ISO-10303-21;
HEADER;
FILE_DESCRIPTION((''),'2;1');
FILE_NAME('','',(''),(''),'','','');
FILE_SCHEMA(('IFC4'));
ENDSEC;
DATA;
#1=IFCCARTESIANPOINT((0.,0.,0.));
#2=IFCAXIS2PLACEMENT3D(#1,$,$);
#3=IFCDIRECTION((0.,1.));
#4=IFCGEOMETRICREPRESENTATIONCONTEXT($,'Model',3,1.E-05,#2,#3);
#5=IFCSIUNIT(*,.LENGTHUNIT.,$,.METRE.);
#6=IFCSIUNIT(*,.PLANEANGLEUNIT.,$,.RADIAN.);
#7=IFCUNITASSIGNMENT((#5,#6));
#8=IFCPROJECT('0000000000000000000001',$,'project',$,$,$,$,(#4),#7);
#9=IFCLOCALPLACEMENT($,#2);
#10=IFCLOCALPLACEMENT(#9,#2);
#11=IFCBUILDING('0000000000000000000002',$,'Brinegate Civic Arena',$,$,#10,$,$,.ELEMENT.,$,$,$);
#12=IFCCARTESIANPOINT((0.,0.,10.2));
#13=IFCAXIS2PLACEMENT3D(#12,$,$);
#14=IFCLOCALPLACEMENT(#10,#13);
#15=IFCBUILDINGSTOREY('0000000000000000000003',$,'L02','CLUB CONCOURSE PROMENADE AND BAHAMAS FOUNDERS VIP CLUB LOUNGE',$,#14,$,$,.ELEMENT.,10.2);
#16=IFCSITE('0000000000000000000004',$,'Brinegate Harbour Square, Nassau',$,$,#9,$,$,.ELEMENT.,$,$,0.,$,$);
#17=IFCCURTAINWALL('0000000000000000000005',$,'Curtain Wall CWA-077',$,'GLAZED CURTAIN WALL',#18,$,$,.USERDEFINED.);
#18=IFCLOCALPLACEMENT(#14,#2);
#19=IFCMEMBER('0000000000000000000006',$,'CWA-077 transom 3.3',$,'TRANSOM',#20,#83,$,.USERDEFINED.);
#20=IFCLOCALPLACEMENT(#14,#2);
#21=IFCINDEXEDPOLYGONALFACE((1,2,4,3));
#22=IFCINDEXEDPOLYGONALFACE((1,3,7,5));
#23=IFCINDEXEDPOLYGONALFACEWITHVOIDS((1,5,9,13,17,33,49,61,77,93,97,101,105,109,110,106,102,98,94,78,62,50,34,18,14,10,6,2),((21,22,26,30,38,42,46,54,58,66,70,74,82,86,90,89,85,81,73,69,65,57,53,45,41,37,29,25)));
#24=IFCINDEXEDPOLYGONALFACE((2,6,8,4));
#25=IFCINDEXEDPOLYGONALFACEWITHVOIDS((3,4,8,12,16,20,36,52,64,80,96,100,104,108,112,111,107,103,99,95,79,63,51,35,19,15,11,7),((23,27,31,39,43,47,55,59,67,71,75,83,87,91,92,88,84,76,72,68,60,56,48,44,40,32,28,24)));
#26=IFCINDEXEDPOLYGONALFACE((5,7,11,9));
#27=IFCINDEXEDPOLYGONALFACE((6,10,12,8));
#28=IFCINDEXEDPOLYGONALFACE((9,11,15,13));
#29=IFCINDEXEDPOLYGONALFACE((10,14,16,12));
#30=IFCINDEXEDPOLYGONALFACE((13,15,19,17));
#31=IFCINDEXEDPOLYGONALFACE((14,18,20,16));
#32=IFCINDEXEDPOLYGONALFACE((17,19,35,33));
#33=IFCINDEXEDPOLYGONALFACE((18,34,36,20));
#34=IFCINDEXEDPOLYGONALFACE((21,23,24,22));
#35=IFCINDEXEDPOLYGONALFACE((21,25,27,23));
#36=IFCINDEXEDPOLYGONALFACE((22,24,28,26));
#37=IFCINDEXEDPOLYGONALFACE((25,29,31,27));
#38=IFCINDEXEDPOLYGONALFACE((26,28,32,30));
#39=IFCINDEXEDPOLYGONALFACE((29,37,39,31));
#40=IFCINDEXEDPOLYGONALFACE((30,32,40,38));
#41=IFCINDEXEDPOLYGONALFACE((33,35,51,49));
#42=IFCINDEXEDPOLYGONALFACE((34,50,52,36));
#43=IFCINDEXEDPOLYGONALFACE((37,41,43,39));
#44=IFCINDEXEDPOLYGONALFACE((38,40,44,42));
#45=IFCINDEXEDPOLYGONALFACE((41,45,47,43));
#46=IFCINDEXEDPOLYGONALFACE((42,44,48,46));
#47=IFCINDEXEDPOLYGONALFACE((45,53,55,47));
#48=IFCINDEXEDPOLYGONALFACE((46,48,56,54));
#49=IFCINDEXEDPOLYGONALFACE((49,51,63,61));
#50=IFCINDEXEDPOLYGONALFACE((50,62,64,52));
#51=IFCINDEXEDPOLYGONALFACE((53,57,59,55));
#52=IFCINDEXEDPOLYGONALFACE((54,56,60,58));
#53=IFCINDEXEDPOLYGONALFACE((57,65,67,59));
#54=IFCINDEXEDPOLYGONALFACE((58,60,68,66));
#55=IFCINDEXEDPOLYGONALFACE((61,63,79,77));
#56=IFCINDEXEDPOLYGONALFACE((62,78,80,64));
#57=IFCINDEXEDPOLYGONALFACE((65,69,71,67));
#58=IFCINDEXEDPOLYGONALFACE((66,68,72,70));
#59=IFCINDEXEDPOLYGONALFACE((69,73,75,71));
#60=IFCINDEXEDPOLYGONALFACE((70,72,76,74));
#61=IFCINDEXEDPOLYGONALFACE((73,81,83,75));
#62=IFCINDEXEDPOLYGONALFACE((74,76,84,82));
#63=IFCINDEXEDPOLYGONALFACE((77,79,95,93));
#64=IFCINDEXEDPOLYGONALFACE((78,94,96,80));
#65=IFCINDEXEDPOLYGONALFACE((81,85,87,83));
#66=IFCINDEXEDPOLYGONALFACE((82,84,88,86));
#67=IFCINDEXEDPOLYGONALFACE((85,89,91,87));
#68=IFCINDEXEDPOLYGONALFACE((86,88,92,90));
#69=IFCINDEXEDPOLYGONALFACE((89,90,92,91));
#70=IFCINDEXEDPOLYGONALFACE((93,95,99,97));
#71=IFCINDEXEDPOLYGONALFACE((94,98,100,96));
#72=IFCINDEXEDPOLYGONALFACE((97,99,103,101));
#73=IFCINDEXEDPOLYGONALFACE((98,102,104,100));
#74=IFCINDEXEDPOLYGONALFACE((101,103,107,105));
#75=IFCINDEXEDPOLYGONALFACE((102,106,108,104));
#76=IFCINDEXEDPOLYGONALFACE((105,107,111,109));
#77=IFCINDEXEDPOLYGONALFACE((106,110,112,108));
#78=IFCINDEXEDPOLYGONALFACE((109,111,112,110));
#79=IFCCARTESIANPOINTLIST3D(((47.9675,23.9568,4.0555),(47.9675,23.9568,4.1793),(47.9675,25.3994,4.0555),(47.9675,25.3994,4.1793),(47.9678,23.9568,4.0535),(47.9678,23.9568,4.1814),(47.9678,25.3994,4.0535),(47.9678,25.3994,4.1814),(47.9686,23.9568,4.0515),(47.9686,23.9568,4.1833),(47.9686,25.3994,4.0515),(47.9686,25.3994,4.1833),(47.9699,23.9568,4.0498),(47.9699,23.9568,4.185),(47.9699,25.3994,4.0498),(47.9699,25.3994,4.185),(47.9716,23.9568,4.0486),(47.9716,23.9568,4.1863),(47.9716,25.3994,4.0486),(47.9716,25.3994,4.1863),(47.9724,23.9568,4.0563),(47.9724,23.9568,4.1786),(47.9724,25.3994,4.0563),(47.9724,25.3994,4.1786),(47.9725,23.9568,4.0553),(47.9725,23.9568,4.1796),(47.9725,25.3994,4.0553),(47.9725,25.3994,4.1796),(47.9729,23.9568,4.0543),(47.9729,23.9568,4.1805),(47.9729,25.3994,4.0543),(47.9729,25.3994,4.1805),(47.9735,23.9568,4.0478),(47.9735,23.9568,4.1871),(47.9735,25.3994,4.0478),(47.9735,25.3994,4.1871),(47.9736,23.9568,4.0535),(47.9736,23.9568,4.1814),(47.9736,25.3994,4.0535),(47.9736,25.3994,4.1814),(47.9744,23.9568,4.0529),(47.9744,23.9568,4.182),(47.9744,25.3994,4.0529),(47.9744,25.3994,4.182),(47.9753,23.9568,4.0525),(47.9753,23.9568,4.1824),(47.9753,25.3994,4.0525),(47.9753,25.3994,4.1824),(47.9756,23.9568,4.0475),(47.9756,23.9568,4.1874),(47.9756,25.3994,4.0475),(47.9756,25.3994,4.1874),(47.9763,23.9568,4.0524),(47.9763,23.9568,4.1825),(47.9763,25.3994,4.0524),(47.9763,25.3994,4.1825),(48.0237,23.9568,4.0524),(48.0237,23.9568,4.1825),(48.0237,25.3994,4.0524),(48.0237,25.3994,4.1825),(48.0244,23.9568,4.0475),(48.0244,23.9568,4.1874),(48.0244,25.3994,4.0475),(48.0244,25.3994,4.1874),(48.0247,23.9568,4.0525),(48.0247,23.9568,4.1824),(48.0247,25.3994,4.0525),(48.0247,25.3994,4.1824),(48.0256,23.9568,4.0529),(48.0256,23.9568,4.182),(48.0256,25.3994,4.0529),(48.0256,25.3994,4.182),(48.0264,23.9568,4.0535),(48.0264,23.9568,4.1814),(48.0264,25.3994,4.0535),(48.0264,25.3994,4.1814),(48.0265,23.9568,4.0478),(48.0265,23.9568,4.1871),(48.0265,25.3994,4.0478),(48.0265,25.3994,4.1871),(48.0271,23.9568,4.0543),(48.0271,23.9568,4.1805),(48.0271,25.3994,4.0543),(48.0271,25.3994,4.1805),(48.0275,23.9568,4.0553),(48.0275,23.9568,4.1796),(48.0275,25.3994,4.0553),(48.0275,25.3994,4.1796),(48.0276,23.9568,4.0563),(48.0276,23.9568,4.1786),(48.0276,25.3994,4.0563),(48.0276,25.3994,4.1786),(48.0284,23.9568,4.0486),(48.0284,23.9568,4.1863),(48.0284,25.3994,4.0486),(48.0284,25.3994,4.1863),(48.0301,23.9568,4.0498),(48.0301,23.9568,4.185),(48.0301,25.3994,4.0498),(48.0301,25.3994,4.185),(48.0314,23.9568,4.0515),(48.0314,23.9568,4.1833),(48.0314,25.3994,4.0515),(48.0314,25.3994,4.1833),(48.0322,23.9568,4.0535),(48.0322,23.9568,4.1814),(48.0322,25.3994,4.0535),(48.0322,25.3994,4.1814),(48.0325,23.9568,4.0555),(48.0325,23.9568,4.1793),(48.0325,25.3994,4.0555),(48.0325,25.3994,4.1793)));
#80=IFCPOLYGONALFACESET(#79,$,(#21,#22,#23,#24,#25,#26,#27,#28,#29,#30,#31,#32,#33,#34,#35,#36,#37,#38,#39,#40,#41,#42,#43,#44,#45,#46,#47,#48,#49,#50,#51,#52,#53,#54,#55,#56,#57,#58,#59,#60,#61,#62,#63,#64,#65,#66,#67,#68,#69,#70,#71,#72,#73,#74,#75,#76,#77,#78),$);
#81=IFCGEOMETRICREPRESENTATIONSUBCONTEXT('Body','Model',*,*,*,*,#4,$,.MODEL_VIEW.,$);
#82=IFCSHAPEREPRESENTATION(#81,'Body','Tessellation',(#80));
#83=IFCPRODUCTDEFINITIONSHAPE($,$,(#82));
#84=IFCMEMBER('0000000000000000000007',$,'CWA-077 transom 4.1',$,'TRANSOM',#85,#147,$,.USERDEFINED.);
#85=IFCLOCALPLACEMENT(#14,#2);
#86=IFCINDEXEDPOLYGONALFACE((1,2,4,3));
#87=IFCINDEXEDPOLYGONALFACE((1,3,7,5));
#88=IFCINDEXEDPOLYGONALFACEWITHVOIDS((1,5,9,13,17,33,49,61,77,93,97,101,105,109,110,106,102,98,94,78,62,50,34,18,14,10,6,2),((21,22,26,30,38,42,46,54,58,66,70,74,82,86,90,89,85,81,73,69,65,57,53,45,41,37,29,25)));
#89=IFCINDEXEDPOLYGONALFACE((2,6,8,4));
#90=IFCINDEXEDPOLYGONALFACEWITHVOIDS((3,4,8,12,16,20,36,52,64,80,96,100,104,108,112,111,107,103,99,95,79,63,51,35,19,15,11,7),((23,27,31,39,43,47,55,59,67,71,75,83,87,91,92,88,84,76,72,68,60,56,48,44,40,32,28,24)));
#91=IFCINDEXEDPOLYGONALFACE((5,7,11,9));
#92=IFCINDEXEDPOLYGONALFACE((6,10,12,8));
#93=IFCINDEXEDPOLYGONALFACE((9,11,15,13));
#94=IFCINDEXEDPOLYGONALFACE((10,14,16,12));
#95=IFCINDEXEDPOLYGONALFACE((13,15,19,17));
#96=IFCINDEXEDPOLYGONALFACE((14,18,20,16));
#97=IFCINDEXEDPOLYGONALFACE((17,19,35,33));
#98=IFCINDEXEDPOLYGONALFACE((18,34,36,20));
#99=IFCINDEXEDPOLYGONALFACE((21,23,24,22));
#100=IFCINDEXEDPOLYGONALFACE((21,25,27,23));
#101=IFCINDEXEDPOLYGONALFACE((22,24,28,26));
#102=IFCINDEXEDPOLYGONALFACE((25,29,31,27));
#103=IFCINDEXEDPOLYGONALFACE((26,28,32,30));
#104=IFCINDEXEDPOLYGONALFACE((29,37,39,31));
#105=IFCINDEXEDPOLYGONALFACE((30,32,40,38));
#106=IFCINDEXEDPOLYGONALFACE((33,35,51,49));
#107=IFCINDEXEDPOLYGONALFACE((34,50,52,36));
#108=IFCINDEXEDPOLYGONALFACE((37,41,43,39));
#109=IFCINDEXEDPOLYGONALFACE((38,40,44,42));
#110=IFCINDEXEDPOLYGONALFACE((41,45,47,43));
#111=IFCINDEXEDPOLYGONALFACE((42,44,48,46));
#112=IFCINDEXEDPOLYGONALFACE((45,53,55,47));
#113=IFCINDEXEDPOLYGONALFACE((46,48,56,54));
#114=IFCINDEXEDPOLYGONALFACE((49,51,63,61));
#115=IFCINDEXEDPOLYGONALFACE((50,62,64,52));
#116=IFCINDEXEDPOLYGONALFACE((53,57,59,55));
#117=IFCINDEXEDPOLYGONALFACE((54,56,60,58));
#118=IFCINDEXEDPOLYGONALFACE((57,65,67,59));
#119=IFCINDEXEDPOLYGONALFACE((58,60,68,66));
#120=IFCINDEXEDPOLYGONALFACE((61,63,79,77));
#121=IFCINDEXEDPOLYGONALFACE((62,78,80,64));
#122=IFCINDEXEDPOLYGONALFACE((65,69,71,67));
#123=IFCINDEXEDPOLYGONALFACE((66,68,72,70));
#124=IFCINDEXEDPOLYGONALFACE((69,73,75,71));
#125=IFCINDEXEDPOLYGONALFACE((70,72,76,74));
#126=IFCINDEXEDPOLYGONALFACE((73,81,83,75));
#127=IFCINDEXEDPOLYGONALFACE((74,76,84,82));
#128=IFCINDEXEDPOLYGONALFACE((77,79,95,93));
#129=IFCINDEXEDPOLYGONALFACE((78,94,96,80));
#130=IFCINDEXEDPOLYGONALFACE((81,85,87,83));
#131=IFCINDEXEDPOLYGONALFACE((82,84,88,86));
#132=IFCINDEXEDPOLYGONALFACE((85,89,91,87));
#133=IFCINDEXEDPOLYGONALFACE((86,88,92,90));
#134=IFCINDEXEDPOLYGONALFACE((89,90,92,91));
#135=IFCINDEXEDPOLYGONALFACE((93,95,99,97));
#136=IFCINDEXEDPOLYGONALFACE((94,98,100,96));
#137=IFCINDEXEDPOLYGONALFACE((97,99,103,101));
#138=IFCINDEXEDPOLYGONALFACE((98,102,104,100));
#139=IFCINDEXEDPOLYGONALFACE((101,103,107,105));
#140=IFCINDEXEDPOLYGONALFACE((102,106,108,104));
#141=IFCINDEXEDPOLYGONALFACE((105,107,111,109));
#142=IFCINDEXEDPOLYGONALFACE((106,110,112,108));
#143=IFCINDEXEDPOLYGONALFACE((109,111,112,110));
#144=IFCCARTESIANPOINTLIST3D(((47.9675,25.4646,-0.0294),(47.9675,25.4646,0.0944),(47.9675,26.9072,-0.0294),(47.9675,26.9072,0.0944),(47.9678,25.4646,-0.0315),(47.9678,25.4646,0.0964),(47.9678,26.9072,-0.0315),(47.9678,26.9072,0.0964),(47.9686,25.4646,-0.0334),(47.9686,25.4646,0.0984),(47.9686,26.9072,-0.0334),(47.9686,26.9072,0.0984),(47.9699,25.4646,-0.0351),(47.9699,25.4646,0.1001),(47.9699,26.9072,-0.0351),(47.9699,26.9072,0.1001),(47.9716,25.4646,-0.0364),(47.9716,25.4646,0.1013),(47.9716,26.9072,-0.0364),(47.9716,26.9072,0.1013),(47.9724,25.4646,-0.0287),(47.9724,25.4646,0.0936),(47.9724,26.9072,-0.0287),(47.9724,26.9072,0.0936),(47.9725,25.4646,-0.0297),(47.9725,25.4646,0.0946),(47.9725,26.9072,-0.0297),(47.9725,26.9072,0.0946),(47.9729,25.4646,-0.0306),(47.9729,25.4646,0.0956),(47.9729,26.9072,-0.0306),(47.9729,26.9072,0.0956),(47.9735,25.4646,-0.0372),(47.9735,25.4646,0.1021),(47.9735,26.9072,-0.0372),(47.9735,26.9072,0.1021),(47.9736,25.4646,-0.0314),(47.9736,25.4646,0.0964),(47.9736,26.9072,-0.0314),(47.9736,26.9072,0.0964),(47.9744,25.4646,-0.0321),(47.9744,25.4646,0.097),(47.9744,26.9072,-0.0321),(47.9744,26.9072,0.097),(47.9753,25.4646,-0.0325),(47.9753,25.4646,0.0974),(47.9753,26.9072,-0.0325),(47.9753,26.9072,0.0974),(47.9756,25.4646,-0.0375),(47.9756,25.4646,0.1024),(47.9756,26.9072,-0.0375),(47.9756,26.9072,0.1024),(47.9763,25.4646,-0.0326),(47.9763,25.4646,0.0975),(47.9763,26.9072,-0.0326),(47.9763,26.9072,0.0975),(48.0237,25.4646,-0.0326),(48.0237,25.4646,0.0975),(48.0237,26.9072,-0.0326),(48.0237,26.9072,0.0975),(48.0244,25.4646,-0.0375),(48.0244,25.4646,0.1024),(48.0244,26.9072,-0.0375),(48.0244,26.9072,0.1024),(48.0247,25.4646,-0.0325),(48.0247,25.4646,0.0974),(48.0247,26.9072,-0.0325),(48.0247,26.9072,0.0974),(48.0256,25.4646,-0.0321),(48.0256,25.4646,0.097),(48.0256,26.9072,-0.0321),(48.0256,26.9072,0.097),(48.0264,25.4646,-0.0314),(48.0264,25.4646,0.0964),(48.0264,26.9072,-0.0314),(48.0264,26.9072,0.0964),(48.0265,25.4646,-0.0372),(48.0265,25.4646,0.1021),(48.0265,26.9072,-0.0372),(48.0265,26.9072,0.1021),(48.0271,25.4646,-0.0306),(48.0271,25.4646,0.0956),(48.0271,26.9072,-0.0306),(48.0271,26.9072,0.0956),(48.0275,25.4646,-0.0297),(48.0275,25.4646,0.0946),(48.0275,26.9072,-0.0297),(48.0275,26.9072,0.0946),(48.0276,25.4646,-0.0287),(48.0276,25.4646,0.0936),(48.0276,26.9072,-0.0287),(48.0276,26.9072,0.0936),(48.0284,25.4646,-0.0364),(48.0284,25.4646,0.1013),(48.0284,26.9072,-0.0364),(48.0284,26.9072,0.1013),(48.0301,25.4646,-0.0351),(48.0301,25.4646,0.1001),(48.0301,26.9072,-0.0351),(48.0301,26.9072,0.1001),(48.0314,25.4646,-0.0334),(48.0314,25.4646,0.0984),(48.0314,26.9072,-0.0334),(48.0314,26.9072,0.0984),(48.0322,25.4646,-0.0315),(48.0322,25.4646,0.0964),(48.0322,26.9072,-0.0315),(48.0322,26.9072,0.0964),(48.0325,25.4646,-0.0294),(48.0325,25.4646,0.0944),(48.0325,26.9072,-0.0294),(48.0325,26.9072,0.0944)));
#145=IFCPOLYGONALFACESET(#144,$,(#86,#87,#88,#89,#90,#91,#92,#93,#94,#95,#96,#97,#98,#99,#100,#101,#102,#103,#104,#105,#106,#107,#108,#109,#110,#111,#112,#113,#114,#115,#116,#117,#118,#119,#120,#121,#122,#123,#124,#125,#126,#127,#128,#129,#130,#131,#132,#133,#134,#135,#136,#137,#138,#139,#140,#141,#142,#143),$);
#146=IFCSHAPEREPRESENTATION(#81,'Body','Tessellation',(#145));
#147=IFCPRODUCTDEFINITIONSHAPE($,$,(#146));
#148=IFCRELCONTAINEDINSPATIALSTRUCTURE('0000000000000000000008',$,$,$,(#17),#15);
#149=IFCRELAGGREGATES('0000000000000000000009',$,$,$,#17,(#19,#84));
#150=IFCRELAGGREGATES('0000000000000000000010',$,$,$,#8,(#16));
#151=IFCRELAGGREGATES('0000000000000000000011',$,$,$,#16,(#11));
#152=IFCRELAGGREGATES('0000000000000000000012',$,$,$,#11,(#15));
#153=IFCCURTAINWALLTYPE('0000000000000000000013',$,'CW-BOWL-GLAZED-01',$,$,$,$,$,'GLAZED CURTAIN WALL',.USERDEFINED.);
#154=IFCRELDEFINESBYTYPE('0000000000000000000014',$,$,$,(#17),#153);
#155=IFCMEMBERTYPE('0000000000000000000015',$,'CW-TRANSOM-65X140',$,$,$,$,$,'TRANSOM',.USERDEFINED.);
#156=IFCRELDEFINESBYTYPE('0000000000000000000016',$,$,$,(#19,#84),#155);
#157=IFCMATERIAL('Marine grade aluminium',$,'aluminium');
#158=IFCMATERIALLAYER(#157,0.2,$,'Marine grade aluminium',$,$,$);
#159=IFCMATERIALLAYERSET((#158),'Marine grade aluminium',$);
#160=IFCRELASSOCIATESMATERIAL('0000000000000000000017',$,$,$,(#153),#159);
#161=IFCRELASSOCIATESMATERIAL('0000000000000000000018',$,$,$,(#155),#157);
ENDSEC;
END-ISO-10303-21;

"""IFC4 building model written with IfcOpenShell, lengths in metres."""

from ifc_helpers import new_model, si_unit, direction, frame, origin, origin_2d, place, context, subcontext, project, spatial, hollow_rectangle, extrude, material, layer, layer_set, material_profile, profile_set, type_object, element, aggregate, save


model = new_model("IFC4")

# Units and contexts
model_context = context("Model", 3, precision=1e-05, world=origin(), true_north=direction((0.0, 1.0)))
body_context = subcontext(model_context, "Body", "Model", "MODEL_VIEW")
ifc_project = project(units=[si_unit("LENGTHUNIT", "METRE"), si_unit("PLANEANGLEUNIT", "RADIAN")], contexts=[model_context])

# Site, building, storey
site_placement = place(None, origin())
site = spatial("IfcSite", under=ifc_project, at=site_placement, Name="Brinegate Harbour Square, Nassau", CompositionType="ELEMENT", RefElevation=0.0)
building_placement = place(site_placement, origin())
building = spatial("IfcBuilding", under=site, at=building_placement, Name="Brinegate Civic Arena", CompositionType="ELEMENT")
storey_placement = place(building_placement, frame((0.0, 0.0, 10.2)))
storey = spatial("IfcBuildingStorey", under=building, at=storey_placement, Name="L02", Description="CLUB CONCOURSE PROMENADE AND BAHAMAS FOUNDERS VIP CLUB LOUNGE", CompositionType="ELEMENT", Elevation=10.2)

# Curtain wall
ifc_material_1 = material(Name="Marine grade aluminium", Category="aluminium")
ifc_layer_1 = layer(ifc_material_1, 0.2, Name="Marine grade aluminium")
ifc_layer_set_1 = layer_set([ifc_layer_1], Name="Marine grade aluminium")
curtain_wall_type = type_object("IfcCurtainWallType", Name="CW-BOWL-GLAZED-01", ElementType="GLAZED CURTAIN WALL", PredefinedType="USERDEFINED", material=ifc_layer_set_1)
curtain_wall_1_placement = place(storey_placement, origin())
curtain_wall_1 = element("IfcCurtainWall", 1, at=curtain_wall_1_placement, inside=storey, type_object=curtain_wall_type, Name="Curtain Wall CWA-077", ObjectType="GLAZED CURTAIN WALL", PredefinedType="USERDEFINED")

# Members
ifc_material_profile_1 = material_profile(ifc_material_1, hollow_rectangle(XDim=0.0649, YDim=0.1399, WallThickness=0.0049, InnerFilletRadius=0.0039, OuterFilletRadius=0.0081, at=origin_2d()), Name="TRN65X140")
ifc_profile_set_1 = profile_set([ifc_material_profile_1], Name="Marine grade aluminium")
member_type_1 = type_object("IfcMemberType", Name="CW-TRANSOM-65X140", ElementType="TRANSOM", PredefinedType="USERDEFINED", material=ifc_profile_set_1)
member_1_placement = place(storey_placement, frame((48.0, 23.9568, 4.1174), z_axis=(0.0, 1.0, 0.0), x_axis=(-1.0, 0.0, 0.0)))
member_1 = element("IfcMember", 2, at=member_1_placement, type_object=member_type_1, Name="CWA-077 transom 3.3", ObjectType="TRANSOM", PredefinedType="USERDEFINED", context=body_context, shape_type="SweptSolid", body=[
    extrude(hollow_rectangle(XDim=0.0649, YDim=0.1399, WallThickness=0.0049, InnerFilletRadius=0.0039, OuterFilletRadius=0.0081, at=origin_2d()), origin(), (0.0, 0.0, 1.0), 1.4426),
])
member_2_placement = place(storey_placement, frame((48.0, 25.4646, 0.0325), z_axis=(0.0, 1.0, 0.0), x_axis=(-1.0, 0.0, 0.0)))
member_2 = element("IfcMember", 3, at=member_2_placement, type_object=member_type_1, Name="CWA-077 transom 4.1", ObjectType="TRANSOM", PredefinedType="USERDEFINED", context=body_context, shape_type="SweptSolid", body=[
    extrude(hollow_rectangle(XDim=0.0649, YDim=0.1399, WallThickness=0.0049, InnerFilletRadius=0.0039, OuterFilletRadius=0.0081, at=origin_2d()), origin(), (0.0, 0.0, 1.0), 1.4426),
])

aggregate(curtain_wall_1, [member_1, member_2])

save(model, "model.ifc")
